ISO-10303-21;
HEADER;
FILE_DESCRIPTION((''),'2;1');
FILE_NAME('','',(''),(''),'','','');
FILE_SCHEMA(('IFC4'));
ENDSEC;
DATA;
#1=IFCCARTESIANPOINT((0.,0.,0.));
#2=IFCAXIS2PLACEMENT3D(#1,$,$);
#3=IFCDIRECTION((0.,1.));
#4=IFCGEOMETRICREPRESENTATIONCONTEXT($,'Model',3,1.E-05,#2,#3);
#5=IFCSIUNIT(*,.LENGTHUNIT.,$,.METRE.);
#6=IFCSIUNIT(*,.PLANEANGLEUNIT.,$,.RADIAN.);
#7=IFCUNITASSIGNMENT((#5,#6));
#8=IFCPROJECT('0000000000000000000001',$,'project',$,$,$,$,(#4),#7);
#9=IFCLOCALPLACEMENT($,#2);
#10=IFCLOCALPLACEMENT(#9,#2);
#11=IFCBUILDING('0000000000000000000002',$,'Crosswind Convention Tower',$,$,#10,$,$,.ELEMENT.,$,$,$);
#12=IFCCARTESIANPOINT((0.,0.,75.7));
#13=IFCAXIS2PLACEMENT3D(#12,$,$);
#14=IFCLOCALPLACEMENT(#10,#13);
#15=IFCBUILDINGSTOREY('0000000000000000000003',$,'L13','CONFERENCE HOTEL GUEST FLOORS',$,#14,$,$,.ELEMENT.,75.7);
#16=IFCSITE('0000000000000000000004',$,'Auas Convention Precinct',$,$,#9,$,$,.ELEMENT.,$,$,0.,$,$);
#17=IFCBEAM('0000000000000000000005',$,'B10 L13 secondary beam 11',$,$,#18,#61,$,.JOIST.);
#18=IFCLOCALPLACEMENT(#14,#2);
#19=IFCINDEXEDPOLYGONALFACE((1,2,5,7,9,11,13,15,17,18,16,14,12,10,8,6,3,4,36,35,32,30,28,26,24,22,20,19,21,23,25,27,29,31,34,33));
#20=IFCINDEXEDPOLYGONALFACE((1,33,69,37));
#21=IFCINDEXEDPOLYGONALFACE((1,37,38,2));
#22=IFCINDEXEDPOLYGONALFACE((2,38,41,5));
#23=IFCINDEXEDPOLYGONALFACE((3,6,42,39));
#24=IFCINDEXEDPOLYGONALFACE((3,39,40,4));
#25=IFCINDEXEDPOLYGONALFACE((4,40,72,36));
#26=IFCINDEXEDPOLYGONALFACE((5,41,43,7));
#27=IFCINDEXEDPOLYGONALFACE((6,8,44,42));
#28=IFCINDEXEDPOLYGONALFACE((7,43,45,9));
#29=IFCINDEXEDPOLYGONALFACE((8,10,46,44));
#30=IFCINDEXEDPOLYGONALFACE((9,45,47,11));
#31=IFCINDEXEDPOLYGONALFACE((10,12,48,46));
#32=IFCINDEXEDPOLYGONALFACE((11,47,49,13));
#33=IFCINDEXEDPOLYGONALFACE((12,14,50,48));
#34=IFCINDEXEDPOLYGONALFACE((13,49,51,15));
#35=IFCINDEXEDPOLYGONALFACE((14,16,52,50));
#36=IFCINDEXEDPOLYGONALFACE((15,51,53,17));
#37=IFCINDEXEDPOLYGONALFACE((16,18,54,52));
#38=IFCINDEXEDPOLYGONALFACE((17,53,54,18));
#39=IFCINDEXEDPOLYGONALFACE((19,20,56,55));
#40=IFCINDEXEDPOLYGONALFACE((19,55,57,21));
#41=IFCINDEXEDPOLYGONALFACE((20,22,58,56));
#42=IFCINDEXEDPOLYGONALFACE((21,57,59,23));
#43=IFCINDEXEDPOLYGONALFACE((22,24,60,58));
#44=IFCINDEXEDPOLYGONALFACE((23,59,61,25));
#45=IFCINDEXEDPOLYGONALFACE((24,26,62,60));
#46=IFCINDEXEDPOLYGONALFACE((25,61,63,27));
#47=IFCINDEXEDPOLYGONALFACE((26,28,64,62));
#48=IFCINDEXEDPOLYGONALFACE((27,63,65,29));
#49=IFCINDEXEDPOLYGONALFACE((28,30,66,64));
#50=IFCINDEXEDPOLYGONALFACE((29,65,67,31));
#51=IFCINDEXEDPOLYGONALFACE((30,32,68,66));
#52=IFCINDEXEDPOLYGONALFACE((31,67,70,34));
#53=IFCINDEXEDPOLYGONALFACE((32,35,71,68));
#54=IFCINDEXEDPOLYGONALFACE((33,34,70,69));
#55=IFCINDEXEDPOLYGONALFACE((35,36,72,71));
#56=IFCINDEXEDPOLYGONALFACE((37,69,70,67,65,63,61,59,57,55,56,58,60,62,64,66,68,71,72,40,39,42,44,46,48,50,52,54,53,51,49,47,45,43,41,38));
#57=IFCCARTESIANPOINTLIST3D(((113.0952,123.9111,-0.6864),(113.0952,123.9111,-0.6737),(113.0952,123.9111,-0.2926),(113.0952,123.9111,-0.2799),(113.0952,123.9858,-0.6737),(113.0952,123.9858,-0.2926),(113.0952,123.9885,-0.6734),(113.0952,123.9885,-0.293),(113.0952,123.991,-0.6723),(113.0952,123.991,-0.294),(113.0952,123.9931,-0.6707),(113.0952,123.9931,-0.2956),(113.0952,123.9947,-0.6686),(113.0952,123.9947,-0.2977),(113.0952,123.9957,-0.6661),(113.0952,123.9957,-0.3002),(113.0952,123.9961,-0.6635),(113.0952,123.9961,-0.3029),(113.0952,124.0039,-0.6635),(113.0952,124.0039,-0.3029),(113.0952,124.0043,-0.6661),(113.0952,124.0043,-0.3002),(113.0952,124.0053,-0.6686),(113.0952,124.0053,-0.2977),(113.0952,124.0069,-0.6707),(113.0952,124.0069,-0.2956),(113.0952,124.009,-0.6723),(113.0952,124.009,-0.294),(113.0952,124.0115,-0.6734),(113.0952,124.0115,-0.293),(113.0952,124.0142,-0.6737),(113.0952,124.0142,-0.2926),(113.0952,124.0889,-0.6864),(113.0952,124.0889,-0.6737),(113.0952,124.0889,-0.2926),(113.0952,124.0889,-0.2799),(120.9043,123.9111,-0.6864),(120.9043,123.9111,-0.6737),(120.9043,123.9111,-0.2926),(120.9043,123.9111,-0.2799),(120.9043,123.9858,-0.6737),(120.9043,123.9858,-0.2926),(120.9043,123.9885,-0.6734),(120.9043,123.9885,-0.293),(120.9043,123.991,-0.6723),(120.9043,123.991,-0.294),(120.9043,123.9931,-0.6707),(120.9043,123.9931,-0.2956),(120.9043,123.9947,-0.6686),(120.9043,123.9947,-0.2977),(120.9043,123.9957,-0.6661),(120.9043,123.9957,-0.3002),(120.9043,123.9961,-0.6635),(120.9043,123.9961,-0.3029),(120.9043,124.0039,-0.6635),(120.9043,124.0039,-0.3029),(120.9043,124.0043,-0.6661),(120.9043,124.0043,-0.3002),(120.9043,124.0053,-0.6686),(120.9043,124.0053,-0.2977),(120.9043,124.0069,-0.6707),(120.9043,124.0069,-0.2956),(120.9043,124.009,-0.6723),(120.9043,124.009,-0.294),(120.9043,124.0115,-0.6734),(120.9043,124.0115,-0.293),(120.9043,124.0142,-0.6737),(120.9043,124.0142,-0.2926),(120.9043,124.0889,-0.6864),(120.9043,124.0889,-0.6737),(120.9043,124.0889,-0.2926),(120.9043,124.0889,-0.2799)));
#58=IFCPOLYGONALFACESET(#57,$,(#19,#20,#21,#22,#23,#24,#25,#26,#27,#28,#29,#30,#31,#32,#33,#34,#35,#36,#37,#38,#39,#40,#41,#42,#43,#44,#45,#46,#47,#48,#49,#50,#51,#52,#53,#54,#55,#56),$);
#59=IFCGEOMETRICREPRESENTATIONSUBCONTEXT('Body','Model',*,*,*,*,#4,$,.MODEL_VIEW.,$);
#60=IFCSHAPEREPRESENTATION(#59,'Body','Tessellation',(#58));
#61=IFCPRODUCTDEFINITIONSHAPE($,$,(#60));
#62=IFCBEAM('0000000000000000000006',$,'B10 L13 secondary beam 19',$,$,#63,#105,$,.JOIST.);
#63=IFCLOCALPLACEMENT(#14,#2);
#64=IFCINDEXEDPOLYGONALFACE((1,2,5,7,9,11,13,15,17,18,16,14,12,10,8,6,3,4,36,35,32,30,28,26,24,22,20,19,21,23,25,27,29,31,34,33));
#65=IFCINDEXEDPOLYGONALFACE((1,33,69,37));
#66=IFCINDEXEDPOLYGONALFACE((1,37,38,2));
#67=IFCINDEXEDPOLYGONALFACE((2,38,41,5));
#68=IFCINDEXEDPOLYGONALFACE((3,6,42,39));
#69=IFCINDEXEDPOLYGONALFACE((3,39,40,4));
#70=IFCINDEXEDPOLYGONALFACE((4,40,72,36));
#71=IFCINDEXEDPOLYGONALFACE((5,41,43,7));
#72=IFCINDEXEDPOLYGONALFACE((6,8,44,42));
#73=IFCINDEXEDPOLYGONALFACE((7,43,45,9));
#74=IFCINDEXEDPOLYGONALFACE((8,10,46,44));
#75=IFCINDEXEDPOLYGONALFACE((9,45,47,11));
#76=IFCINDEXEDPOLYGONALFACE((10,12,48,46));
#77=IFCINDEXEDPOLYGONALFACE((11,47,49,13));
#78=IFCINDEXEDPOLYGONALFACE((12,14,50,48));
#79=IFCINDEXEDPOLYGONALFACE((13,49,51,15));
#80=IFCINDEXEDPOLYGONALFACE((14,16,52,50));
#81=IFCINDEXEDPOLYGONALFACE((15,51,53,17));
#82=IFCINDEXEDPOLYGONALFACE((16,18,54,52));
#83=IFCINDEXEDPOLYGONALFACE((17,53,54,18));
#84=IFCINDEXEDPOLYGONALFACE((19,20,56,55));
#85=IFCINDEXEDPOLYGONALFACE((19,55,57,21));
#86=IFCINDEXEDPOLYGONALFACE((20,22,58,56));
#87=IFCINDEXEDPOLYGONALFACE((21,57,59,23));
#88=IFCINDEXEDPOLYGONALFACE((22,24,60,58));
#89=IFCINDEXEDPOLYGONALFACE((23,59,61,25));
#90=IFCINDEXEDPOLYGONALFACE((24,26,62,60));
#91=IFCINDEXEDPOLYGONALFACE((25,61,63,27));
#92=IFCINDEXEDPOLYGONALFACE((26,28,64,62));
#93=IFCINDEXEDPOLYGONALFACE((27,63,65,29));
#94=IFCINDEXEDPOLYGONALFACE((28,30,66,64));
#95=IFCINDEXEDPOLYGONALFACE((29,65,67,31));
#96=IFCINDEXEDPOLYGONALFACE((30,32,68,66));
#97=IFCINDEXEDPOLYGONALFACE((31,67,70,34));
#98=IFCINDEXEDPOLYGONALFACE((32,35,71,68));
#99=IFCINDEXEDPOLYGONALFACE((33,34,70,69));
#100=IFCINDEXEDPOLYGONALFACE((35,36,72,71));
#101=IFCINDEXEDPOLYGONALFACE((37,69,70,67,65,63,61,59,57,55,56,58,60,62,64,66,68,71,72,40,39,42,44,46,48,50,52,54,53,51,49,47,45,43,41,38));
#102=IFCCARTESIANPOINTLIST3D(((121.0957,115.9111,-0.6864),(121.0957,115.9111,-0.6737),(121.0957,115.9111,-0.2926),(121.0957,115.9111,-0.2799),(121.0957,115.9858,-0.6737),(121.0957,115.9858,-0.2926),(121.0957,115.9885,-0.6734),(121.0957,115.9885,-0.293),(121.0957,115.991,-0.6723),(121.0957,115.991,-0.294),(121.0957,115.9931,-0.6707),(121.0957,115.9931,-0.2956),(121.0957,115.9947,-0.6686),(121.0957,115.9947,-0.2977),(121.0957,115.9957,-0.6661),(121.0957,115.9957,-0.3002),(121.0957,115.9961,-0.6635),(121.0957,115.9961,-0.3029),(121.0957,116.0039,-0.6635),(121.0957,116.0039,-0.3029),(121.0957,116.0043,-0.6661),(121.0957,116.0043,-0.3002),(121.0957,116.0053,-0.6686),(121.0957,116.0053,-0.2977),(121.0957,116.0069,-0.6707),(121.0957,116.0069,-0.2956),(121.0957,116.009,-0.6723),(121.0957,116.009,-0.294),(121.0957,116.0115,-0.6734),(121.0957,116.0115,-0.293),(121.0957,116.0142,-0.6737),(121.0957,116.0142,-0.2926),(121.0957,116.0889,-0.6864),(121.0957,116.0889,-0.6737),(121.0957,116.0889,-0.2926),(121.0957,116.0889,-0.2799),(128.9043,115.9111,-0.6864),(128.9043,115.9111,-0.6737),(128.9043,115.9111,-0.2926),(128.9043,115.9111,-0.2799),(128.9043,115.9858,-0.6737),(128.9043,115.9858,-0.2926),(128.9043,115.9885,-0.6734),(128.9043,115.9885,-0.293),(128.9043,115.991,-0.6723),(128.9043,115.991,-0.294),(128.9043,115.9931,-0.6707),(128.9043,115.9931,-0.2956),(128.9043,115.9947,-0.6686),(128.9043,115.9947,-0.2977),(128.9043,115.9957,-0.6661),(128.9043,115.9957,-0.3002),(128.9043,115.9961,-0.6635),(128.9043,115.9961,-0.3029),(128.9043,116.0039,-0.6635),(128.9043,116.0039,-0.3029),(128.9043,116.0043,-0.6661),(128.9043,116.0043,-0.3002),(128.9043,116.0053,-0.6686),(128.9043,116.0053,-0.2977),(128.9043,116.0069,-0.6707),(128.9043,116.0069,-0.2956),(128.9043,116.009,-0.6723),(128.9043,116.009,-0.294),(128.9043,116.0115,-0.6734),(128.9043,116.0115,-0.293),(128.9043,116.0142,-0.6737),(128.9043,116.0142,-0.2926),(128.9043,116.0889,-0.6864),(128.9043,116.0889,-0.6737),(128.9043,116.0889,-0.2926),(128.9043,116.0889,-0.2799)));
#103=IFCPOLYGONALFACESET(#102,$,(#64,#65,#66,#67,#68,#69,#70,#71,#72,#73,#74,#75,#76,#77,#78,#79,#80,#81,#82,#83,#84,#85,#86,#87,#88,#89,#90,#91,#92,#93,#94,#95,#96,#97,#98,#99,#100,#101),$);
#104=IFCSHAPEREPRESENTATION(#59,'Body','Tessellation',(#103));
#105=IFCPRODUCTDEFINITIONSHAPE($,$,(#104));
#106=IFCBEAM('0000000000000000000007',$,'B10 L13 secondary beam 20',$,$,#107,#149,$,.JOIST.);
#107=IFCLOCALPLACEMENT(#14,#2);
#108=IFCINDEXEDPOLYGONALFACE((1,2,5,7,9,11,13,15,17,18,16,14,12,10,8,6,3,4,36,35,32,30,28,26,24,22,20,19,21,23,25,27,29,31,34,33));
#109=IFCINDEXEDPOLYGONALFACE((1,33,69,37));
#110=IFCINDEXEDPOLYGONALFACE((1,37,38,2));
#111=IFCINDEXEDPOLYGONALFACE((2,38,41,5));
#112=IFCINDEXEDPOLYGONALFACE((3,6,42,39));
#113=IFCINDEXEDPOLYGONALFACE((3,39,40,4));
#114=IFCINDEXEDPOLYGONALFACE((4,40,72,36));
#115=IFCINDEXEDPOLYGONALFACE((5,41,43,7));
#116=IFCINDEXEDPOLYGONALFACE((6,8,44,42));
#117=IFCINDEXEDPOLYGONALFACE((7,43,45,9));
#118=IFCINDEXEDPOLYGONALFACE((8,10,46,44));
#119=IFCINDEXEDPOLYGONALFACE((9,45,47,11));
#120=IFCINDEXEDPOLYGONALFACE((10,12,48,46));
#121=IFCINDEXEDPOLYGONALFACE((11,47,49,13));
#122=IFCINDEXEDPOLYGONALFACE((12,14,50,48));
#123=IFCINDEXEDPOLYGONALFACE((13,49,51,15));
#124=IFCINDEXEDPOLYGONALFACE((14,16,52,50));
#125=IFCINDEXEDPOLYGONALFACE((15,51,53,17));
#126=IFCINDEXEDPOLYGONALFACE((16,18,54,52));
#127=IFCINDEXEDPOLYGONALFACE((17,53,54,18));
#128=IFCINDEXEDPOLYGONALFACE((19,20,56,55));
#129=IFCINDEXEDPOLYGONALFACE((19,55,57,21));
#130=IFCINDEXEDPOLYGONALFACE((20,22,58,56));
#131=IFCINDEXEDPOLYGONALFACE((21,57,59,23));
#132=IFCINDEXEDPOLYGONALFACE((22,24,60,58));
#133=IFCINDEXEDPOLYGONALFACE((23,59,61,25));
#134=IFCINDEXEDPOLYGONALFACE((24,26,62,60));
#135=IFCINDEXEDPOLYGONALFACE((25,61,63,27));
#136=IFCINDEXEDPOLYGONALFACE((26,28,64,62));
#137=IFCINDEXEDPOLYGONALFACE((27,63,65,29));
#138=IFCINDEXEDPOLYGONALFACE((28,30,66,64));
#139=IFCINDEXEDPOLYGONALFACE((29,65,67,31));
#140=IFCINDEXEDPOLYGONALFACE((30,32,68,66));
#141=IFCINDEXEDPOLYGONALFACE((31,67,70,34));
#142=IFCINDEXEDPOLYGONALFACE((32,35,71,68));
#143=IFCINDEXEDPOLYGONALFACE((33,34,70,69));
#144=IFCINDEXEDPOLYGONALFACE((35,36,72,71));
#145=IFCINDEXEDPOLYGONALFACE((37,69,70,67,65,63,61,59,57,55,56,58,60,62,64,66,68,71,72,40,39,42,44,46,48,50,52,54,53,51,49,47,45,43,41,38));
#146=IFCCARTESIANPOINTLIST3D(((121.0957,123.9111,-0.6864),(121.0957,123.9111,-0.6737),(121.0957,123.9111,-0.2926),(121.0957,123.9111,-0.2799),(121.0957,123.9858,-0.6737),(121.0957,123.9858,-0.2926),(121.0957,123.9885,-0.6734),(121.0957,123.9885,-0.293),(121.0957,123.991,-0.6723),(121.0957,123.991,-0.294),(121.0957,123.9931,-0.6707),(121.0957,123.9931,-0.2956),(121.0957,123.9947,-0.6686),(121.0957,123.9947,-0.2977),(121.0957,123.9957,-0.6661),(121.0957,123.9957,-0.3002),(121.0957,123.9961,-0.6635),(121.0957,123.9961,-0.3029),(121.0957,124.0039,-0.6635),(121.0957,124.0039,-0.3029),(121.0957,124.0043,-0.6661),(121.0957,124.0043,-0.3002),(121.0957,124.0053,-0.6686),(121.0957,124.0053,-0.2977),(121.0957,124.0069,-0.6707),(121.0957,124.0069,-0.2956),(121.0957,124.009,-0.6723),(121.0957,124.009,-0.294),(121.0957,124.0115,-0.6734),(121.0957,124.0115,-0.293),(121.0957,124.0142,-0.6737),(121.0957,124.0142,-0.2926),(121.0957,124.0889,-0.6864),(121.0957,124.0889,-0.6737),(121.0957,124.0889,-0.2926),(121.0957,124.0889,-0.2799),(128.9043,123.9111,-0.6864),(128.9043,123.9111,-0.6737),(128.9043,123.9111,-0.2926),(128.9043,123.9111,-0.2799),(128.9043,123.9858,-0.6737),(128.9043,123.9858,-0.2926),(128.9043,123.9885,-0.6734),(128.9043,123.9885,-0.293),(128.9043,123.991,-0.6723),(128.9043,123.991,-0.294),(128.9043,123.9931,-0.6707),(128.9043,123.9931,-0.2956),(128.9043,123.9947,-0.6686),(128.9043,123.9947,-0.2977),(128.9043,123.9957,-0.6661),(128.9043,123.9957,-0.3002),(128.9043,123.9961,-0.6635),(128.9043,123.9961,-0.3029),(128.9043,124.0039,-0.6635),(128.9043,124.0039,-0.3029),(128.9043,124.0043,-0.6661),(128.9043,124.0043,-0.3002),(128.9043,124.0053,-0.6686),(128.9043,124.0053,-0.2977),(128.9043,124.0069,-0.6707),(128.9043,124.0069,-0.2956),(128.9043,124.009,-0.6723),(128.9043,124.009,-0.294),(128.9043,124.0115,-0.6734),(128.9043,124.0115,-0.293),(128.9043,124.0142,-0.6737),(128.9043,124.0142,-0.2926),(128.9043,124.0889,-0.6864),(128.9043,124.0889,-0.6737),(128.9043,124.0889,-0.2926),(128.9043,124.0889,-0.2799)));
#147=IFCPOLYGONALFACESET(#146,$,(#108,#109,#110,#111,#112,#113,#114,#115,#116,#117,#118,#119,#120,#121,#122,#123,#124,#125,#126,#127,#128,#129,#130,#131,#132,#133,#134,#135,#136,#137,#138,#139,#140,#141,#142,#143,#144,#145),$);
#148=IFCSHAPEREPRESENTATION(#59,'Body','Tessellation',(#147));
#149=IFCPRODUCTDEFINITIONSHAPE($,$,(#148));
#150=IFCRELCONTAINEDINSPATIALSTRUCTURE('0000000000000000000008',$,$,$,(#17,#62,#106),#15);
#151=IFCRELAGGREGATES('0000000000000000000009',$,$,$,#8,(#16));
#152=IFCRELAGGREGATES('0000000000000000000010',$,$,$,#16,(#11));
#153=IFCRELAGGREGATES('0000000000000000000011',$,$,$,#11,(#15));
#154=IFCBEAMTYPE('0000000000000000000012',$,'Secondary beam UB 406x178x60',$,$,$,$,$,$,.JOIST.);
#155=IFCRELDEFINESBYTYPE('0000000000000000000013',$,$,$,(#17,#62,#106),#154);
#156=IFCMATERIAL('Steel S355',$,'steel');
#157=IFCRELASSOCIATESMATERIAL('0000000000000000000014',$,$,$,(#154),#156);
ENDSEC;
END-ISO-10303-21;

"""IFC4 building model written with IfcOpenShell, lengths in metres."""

from ifc_helpers import new_model, si_unit, direction, frame, origin, origin_2d, place, context, subcontext, project, spatial, i_section, extrude, material, material_profile, profile_set, type_object, element, save


model = new_model("IFC4")

# Units and contexts
model_context = context("Model", 3, precision=1e-05, world=origin(), true_north=direction((0.0, 1.0)))
body_context = subcontext(model_context, "Body", "Model", "MODEL_VIEW")
ifc_project = project(units=[si_unit("LENGTHUNIT", "METRE"), si_unit("PLANEANGLEUNIT", "RADIAN")], contexts=[model_context])

# Site, building, storey
site_placement = place(None, origin())
site = spatial("IfcSite", under=ifc_project, at=site_placement, Name="Auas Convention Precinct", CompositionType="ELEMENT", RefElevation=0.0)
building_placement = place(site_placement, origin())
building = spatial("IfcBuilding", under=site, at=building_placement, Name="Crosswind Convention Tower", CompositionType="ELEMENT")
storey_placement = place(building_placement, frame((0.0, 0.0, 75.7)))
storey = spatial("IfcBuildingStorey", under=building, at=storey_placement, Name="L13", Description="CONFERENCE HOTEL GUEST FLOORS", CompositionType="ELEMENT", Elevation=75.7)

# Beams
ifc_material_1 = material(Name="Steel S355", Category="steel")
ifc_material_profile_1 = material_profile(ifc_material_1, i_section(OverallWidth=0.1777, OverallDepth=0.4065, WebThickness=0.0078, FlangeThickness=0.0127, FilletRadius=0.0103, at=origin_2d()), Name="UB 406x178x60")
ifc_profile_set_1 = profile_set([ifc_material_profile_1], Name="Steel S355")
beam_type_1 = type_object("IfcBeamType", Name="Secondary beam UB 406x178x60", PredefinedType="JOIST", material=ifc_profile_set_1)
beam_1_placement = place(storey_placement, frame((113.0952, 124.0, -0.4832), z_axis=(1.0, 0.0, 0.0), x_axis=(0.0, 1.0, 0.0)))
element("IfcBeam", 1, at=beam_1_placement, inside=storey, type_object=beam_type_1, Name="B10 L13 secondary beam 11", PredefinedType="JOIST", context=body_context, shape_type="SweptSolid", body=[
    extrude(i_section(OverallWidth=0.1777, OverallDepth=0.4065, WebThickness=0.0078, FlangeThickness=0.0127, FilletRadius=0.0103, at=origin_2d()), origin(), (0.0, 0.0, 1.0), 7.8091),
])
for number, where, z_axis, x_axis, name in (
    (2, (121.0957, 116.0, -0.4832), (1.0, 0.0, 0.0), (0.0, 1.0, 0.0), "B10 L13 secondary beam 19"),
    (3, (121.0957, 124.0, -0.4832), (1.0, 0.0, 0.0), (0.0, 1.0, 0.0), "B10 L13 secondary beam 20"),
):
    element("IfcBeam", number, at=place(storey_placement, frame(where, z_axis=z_axis, x_axis=x_axis)), inside=storey, type_object=beam_type_1, Name=name, PredefinedType="JOIST", context=body_context, shape_type="SweptSolid", body=[
        extrude(i_section(OverallWidth=0.1777, OverallDepth=0.4065, WebThickness=0.0078, FlangeThickness=0.0127, FilletRadius=0.0103, at=origin_2d()), origin(), (0.0, 0.0, 1.0), 7.8086),
    ])

save(model, "model.ifc")
